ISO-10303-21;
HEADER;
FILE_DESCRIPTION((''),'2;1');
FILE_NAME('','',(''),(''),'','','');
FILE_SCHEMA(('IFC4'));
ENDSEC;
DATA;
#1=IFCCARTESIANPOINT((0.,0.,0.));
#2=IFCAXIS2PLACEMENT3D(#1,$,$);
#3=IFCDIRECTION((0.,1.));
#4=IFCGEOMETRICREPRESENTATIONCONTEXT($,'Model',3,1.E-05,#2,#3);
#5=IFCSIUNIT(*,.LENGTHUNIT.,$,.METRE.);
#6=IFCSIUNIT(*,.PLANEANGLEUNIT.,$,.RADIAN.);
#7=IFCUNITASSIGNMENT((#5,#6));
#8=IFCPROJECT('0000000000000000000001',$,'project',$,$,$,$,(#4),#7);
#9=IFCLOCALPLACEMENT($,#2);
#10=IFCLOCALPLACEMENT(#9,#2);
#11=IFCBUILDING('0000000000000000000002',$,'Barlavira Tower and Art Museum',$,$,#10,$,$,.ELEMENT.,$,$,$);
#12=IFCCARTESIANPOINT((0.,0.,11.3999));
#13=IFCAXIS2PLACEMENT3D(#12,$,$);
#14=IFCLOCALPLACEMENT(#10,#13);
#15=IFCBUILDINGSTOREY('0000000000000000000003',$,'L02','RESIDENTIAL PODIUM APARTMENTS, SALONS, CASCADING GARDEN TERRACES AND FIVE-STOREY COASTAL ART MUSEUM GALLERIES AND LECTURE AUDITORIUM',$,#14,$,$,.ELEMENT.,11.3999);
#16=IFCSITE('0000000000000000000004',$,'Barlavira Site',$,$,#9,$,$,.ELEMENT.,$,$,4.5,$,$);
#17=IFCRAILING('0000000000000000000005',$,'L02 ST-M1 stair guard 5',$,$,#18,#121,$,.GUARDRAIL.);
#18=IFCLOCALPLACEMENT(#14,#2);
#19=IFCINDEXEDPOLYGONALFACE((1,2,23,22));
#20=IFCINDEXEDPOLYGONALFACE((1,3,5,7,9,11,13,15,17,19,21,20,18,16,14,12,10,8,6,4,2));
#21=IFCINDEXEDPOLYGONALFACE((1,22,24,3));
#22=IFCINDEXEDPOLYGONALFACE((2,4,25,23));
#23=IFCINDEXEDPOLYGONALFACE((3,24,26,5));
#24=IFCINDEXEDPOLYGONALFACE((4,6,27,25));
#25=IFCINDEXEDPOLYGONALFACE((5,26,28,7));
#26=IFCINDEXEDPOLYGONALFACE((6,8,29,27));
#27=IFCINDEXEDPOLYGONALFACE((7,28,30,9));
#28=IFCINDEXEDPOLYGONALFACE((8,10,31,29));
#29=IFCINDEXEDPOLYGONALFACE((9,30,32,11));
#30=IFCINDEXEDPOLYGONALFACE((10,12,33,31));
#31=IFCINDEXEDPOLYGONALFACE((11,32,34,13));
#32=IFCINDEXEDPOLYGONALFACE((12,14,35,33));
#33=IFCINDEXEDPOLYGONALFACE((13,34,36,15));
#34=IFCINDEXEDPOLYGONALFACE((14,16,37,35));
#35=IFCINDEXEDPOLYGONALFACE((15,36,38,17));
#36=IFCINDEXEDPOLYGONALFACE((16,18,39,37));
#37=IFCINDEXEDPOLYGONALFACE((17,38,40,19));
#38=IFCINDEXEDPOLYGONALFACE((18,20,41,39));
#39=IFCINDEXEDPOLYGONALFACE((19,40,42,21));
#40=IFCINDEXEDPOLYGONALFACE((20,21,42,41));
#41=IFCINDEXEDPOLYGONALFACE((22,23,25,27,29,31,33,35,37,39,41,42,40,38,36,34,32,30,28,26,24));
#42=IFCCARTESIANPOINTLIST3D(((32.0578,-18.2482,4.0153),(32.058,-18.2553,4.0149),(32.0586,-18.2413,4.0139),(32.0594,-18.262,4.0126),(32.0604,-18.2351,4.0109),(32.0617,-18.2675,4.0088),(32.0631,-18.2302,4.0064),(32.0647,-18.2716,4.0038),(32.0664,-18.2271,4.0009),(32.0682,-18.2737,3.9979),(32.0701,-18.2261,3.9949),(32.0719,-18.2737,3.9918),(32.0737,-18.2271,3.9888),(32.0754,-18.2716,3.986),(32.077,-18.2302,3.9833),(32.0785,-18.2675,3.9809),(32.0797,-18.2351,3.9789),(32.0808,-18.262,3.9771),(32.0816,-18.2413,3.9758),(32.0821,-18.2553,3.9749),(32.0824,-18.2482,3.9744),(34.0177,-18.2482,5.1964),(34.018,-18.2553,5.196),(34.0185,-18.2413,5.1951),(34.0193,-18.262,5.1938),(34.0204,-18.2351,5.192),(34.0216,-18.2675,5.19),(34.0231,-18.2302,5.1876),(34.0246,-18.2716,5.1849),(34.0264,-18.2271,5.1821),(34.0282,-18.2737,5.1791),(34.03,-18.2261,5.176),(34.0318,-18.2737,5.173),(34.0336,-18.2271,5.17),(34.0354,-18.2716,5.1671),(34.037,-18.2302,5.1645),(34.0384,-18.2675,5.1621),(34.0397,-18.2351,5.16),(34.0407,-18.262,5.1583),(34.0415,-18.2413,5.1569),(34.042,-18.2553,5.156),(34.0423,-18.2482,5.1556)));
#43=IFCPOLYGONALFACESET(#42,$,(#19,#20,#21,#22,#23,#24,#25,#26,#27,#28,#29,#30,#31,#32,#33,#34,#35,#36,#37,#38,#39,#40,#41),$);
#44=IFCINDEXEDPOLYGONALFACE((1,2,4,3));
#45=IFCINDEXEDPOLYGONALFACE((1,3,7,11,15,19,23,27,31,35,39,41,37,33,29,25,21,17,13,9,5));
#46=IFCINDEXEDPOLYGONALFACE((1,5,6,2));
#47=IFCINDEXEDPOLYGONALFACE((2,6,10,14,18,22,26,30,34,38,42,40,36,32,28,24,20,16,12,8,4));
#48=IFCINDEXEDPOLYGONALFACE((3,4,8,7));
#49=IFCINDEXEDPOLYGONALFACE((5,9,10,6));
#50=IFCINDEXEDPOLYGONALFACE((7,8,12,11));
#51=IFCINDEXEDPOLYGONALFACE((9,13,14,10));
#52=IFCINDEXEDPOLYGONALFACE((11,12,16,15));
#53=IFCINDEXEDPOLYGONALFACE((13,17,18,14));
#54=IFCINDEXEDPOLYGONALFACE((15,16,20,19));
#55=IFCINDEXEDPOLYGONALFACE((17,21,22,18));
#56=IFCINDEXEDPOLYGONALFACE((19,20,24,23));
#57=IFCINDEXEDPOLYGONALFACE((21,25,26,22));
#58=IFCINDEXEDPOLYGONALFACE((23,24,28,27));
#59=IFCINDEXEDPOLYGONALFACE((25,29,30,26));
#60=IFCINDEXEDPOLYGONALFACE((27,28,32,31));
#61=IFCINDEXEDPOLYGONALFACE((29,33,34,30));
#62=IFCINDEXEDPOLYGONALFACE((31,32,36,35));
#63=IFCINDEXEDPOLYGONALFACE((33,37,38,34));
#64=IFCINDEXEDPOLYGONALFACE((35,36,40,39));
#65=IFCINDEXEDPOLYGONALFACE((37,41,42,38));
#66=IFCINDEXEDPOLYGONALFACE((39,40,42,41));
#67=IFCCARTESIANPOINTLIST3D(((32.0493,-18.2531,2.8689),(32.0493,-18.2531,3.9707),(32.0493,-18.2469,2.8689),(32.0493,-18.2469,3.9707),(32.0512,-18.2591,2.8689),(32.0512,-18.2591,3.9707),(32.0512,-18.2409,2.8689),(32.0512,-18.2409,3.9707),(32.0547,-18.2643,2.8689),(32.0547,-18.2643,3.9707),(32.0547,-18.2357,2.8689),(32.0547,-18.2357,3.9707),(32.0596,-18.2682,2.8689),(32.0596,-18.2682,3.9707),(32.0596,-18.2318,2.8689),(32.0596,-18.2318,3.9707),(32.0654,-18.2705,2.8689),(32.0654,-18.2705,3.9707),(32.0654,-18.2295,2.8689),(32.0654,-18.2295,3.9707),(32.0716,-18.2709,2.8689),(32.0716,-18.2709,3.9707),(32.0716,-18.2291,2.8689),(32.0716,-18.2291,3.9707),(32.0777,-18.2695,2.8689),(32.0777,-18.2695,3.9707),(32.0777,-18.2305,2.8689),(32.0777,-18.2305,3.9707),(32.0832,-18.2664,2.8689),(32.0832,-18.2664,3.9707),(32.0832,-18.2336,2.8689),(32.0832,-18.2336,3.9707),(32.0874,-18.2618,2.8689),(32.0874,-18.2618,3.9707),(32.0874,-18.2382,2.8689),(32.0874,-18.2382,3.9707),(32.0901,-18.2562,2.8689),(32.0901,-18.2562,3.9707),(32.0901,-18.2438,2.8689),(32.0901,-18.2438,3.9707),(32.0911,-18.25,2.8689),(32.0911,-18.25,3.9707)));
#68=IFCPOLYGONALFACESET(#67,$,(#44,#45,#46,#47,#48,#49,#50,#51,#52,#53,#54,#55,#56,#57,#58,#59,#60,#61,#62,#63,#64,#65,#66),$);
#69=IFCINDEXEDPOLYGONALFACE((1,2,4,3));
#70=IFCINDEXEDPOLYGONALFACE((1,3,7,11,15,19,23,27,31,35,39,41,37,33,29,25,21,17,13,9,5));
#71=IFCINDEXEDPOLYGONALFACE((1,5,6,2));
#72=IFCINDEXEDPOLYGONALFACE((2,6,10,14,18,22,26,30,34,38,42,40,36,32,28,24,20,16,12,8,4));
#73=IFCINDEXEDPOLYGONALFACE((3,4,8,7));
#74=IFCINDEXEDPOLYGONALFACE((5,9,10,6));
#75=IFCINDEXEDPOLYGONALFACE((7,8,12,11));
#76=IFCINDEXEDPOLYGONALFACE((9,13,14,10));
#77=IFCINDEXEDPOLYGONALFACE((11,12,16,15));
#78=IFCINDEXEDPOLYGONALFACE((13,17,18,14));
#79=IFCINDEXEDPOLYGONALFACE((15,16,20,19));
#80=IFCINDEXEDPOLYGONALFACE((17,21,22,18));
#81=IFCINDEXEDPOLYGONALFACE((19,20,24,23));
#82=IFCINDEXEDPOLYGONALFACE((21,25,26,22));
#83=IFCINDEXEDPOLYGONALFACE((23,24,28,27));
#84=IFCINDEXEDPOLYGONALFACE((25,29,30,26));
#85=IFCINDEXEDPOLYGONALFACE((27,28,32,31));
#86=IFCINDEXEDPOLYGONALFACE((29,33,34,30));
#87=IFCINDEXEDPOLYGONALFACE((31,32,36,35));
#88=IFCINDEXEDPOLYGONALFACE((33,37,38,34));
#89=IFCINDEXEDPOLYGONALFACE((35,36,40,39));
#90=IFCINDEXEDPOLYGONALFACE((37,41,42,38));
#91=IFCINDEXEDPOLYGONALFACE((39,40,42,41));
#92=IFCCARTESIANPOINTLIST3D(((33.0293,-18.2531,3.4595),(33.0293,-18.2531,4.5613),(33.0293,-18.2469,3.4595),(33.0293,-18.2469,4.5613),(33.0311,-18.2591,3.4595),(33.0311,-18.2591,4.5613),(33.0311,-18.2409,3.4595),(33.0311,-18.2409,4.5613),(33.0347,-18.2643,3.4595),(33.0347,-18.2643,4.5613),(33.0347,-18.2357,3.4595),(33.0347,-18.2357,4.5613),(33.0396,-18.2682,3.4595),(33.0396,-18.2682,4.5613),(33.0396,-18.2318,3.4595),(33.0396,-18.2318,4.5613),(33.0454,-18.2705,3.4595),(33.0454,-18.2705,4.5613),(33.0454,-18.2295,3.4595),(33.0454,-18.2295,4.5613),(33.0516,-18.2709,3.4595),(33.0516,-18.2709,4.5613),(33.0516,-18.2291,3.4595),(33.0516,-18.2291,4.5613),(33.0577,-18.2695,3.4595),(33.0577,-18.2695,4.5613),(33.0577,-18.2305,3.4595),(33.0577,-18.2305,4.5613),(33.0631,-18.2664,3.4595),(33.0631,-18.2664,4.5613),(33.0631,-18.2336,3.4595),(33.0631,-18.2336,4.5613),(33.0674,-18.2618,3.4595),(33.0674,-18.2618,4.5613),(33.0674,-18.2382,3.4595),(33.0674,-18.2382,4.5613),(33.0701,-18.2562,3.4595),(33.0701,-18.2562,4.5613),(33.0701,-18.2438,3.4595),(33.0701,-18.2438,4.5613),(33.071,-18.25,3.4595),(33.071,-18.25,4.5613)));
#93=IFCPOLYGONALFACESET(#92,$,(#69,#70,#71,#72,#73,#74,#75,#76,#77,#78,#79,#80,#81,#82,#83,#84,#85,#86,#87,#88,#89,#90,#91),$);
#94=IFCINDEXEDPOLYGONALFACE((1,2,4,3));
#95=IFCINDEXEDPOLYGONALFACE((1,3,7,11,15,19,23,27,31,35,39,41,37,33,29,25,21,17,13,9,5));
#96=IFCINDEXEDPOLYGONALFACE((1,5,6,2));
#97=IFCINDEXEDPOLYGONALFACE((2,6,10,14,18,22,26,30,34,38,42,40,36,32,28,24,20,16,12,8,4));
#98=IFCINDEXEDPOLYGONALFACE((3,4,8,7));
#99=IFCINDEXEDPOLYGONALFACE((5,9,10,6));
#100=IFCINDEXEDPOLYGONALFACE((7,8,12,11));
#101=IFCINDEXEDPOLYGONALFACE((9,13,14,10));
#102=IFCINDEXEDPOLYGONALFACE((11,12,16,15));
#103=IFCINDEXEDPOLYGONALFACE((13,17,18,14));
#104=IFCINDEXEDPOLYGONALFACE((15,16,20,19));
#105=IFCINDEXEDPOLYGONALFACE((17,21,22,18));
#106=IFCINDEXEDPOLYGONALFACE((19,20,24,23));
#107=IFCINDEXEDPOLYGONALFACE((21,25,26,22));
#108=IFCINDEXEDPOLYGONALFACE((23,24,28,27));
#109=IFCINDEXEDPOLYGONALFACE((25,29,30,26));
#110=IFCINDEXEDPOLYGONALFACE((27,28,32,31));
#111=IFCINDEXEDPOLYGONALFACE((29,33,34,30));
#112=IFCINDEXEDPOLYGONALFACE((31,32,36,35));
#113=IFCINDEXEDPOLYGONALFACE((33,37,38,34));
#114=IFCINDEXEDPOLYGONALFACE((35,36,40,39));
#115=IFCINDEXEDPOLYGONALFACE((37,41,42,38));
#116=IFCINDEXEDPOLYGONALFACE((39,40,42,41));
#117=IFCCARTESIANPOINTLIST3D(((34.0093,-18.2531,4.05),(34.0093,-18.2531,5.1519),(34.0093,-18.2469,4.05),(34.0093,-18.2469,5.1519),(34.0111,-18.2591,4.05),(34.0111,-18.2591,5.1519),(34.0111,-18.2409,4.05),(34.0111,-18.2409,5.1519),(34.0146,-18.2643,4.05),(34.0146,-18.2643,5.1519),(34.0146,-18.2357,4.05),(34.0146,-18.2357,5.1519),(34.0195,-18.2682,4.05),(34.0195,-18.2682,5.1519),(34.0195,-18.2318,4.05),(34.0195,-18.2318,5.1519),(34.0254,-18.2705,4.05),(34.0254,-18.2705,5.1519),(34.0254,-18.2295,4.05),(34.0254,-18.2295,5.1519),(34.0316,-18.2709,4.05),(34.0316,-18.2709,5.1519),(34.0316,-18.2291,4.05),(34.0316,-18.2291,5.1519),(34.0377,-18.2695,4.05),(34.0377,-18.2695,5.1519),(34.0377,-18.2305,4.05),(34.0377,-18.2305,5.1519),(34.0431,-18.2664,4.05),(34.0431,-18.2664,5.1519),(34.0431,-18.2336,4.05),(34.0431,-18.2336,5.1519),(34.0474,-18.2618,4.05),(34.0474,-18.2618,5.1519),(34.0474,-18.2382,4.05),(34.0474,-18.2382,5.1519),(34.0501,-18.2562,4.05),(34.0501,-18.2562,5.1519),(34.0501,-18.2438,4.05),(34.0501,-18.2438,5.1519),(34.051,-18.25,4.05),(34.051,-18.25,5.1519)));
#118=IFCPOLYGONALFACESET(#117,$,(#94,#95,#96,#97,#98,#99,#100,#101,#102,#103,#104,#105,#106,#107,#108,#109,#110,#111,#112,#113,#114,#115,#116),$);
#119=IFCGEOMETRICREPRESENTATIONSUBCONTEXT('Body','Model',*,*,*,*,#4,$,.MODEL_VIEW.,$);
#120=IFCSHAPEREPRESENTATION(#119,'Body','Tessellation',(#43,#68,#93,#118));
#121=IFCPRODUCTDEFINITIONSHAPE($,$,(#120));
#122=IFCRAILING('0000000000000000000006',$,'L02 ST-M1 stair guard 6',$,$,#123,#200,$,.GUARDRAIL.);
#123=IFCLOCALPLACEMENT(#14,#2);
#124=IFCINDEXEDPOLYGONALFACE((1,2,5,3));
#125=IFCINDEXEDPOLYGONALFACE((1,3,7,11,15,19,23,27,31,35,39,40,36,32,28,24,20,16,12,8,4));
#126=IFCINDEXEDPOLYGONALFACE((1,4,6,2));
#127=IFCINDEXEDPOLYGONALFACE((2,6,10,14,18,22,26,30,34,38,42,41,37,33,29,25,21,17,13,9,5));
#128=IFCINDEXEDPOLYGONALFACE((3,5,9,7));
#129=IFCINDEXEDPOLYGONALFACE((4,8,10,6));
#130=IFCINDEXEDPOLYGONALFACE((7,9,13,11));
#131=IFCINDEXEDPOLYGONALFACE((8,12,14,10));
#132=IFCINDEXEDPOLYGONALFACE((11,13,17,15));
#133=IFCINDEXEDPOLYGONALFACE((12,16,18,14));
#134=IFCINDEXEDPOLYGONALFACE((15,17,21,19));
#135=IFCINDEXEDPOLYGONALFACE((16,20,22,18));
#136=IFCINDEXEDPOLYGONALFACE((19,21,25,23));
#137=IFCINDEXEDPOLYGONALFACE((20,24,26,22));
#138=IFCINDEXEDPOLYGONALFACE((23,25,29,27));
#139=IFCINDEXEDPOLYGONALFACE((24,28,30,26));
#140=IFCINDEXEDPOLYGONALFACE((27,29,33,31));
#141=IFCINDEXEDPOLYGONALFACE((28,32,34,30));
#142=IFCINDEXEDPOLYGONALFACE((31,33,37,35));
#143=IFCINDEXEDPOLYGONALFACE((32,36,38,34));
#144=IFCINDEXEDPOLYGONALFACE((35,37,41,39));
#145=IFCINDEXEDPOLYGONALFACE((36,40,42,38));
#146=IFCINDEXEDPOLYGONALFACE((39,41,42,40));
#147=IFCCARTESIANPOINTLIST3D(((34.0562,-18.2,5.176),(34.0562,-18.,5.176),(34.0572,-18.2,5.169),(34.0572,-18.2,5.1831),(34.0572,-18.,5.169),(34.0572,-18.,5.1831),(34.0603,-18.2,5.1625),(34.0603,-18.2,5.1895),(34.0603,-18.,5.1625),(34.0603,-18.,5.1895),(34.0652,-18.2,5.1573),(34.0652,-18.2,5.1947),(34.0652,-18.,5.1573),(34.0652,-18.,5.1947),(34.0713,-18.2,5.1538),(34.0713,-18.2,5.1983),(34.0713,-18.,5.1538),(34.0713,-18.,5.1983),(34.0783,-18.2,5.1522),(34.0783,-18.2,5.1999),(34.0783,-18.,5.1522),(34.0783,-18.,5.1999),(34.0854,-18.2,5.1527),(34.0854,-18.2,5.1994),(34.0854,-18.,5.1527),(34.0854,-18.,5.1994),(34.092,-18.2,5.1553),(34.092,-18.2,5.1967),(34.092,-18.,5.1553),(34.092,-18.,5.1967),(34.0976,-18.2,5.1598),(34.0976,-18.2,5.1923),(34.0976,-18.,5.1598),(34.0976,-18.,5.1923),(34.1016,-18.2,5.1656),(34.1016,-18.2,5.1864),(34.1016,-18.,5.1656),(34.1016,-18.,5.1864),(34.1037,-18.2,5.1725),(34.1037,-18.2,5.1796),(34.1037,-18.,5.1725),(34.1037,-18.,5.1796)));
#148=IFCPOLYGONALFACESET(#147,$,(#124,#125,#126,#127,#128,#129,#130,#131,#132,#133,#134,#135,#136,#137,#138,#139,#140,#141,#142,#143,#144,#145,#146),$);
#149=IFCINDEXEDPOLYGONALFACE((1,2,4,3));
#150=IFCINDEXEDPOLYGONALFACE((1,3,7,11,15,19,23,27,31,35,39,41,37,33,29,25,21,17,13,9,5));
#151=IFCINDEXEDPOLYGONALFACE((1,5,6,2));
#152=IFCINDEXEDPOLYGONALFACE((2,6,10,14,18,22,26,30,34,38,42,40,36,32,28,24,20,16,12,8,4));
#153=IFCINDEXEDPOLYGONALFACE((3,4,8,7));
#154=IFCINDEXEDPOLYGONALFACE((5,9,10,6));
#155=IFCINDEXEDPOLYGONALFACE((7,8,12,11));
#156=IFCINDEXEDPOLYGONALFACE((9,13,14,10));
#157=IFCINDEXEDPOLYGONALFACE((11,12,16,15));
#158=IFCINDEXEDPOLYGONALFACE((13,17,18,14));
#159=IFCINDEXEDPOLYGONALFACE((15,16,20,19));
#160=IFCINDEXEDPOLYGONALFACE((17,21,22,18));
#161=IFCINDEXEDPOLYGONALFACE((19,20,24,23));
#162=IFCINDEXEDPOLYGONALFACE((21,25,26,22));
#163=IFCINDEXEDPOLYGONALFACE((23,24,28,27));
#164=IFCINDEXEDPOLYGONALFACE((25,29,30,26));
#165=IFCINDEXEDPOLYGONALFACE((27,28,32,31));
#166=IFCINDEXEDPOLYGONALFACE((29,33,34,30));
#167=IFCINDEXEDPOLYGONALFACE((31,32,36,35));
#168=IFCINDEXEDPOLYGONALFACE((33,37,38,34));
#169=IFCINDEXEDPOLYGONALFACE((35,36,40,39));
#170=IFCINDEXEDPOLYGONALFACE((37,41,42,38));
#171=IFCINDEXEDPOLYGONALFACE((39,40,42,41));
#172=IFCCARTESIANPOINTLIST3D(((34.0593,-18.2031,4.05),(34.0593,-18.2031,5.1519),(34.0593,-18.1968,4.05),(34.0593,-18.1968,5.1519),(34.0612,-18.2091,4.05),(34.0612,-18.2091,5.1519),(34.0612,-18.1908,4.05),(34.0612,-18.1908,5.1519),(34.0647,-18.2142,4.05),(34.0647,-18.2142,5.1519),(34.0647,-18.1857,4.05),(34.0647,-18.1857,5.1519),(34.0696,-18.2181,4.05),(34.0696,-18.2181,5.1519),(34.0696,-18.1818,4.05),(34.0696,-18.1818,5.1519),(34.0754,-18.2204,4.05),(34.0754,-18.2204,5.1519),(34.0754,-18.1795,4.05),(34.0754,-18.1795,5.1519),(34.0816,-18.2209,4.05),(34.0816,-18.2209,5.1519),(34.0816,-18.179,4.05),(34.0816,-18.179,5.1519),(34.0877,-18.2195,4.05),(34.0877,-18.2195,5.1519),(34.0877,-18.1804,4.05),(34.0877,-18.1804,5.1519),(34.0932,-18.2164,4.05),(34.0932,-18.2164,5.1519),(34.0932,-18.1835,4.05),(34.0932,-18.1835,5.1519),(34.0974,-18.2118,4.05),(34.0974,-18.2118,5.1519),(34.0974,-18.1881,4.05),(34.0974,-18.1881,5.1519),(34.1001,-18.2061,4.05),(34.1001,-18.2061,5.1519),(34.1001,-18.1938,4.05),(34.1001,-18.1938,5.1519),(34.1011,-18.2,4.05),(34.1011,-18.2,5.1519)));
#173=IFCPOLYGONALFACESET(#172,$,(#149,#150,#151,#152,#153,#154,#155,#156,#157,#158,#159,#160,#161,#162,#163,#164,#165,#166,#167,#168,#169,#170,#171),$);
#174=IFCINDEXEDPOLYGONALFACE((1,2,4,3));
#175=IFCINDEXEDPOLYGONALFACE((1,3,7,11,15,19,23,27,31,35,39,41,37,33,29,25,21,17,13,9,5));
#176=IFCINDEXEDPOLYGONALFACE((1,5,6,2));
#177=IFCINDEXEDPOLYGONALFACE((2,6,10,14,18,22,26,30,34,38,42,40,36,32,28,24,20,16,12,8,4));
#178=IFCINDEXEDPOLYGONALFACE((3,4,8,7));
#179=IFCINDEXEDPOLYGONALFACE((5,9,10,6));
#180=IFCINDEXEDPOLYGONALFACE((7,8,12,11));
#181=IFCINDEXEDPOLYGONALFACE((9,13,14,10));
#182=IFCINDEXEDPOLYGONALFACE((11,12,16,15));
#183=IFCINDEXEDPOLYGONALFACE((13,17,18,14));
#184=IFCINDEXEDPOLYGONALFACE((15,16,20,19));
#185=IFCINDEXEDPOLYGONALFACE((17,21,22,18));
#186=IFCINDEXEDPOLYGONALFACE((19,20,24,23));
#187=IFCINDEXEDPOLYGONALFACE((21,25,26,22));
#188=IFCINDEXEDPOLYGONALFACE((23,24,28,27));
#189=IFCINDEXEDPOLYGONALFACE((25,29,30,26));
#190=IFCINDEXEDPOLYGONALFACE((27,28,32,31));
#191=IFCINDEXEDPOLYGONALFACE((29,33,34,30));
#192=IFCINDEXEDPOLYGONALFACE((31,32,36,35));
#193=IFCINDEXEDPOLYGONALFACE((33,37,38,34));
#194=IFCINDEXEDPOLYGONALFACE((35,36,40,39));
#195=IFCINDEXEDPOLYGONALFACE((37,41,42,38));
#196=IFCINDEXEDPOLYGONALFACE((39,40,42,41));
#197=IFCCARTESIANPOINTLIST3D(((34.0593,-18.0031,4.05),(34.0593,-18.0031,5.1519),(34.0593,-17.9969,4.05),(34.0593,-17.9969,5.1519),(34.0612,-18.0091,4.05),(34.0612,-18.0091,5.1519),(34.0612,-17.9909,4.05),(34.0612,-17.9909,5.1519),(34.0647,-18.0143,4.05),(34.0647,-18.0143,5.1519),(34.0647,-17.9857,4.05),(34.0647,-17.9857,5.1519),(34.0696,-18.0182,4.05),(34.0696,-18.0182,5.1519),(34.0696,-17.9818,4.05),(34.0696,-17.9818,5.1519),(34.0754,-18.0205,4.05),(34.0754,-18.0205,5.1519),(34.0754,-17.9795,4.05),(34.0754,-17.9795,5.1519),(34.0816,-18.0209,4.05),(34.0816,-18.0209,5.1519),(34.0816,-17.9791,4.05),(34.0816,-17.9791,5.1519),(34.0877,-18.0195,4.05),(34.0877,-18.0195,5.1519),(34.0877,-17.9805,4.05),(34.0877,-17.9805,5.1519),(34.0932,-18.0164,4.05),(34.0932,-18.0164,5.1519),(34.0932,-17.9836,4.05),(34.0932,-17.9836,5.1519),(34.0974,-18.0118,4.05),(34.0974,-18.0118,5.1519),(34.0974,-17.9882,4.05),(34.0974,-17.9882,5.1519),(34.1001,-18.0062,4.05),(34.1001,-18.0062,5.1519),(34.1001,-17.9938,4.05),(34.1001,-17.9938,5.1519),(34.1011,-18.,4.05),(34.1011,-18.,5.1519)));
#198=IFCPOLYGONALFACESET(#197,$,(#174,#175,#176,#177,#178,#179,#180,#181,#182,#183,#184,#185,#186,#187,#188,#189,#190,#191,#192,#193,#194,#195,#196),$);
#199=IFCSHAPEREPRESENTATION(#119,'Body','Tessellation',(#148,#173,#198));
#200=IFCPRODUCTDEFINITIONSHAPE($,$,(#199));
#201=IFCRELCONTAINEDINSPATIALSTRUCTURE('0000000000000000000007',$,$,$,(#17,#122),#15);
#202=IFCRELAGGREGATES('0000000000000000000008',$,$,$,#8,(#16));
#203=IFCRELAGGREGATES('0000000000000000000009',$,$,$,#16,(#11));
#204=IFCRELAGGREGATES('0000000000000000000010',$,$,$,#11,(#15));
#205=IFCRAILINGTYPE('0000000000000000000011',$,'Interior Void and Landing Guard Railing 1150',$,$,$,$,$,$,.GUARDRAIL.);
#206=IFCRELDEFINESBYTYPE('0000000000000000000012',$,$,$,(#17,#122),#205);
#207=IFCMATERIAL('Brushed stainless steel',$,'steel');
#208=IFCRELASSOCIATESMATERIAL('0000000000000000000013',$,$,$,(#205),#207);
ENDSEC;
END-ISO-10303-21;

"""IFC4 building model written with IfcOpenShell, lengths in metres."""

from ifc_helpers import new_model, si_unit, direction, frame, origin, origin_2d, place, context, subcontext, project, spatial, circle, extrude, material, type_object, element, save


model = new_model("IFC4")

# Units and contexts
model_context = context("Model", 3, precision=1e-05, world=origin(), true_north=direction((0.0, 1.0)))
body_context = subcontext(model_context, "Body", "Model", "MODEL_VIEW")
ifc_project = project(units=[si_unit("LENGTHUNIT", "METRE"), si_unit("PLANEANGLEUNIT", "RADIAN")], contexts=[model_context])

# Site, building, storey
site_placement = place(None, origin())
site = spatial("IfcSite", under=ifc_project, at=site_placement, Name="Barlavira Site", CompositionType="ELEMENT", RefElevation=4.5)
building_placement = place(site_placement, origin())
building = spatial("IfcBuilding", under=site, at=building_placement, Name="Barlavira Tower and Art Museum", CompositionType="ELEMENT")
storey_placement = place(building_placement, frame((0.0, 0.0, 11.3999)))
storey = spatial("IfcBuildingStorey", under=building, at=storey_placement, Name="L02", Description="RESIDENTIAL PODIUM APARTMENTS, SALONS, CASCADING GARDEN TERRACES AND FIVE-STOREY COASTAL ART MUSEUM GALLERIES AND LECTURE AUDITORIUM", CompositionType="ELEMENT", Elevation=11.3999)

# Shared definitions
ifc_material_1 = material(Name="Brushed stainless steel", Category="steel")

# Railings
railing_type_1 = type_object("IfcRailingType", Name="Interior Void and Landing Guard Railing 1150", PredefinedType="GUARDRAIL", material=ifc_material_1)
railing_1_placement = place(storey_placement, frame((32.0701, -18.25, 2.8689)))
element("IfcRailing", 1, at=railing_1_placement, inside=storey, type_object=railing_type_1, Name="L02 ST-M1 stair guard 5", PredefinedType="GUARDRAIL", context=body_context, shape_type="SweptSolid", body=[
    extrude(circle(Radius=0.0239, at=origin_2d()), frame((0.0, 0.0, 1.126), z_axis=(0.856493, 0.0, 0.516158), x_axis=(0.0, 1.0, 0.0)), (0.0, 0.0, 1.0), 2.2883),
    extrude(circle(Radius=0.021, at=origin_2d()), origin(), (0.0, 0.0, 1.0), 1.1018),
    extrude(circle(Radius=0.021, at=origin_2d()), frame((0.98, 0.0, 0.5906)), (0.0, 0.0, 1.0), 1.1018),
    extrude(circle(Radius=0.021, at=origin_2d()), frame((1.96, 0.0, 1.1812)), (0.0, 0.0, 1.0), 1.1018),
])
railing_2_placement = place(storey_placement, frame((34.0801, -18.2, 4.05)))
element("IfcRailing", 2, at=railing_2_placement, inside=storey, type_object=railing_type_1, Name="L02 ST-M1 stair guard 6", PredefinedType="GUARDRAIL", context=body_context, shape_type="SweptSolid", body=[
    extrude(circle(Radius=0.0239, at=origin_2d()), frame((0.0, 0.0, 1.126), z_axis=(0.0, 1.0, 0.0), x_axis=(-1.0, 0.0, 0.0)), (0.0, 0.0, 1.0), 0.2),
    extrude(circle(Radius=0.021, at=origin_2d()), origin(), (0.0, 0.0, 1.0), 1.1018),
    extrude(circle(Radius=0.021, at=origin_2d()), frame((0.0, 0.2, 0.0)), (0.0, 0.0, 1.0), 1.1018),
])

save(model, "model.ifc")
